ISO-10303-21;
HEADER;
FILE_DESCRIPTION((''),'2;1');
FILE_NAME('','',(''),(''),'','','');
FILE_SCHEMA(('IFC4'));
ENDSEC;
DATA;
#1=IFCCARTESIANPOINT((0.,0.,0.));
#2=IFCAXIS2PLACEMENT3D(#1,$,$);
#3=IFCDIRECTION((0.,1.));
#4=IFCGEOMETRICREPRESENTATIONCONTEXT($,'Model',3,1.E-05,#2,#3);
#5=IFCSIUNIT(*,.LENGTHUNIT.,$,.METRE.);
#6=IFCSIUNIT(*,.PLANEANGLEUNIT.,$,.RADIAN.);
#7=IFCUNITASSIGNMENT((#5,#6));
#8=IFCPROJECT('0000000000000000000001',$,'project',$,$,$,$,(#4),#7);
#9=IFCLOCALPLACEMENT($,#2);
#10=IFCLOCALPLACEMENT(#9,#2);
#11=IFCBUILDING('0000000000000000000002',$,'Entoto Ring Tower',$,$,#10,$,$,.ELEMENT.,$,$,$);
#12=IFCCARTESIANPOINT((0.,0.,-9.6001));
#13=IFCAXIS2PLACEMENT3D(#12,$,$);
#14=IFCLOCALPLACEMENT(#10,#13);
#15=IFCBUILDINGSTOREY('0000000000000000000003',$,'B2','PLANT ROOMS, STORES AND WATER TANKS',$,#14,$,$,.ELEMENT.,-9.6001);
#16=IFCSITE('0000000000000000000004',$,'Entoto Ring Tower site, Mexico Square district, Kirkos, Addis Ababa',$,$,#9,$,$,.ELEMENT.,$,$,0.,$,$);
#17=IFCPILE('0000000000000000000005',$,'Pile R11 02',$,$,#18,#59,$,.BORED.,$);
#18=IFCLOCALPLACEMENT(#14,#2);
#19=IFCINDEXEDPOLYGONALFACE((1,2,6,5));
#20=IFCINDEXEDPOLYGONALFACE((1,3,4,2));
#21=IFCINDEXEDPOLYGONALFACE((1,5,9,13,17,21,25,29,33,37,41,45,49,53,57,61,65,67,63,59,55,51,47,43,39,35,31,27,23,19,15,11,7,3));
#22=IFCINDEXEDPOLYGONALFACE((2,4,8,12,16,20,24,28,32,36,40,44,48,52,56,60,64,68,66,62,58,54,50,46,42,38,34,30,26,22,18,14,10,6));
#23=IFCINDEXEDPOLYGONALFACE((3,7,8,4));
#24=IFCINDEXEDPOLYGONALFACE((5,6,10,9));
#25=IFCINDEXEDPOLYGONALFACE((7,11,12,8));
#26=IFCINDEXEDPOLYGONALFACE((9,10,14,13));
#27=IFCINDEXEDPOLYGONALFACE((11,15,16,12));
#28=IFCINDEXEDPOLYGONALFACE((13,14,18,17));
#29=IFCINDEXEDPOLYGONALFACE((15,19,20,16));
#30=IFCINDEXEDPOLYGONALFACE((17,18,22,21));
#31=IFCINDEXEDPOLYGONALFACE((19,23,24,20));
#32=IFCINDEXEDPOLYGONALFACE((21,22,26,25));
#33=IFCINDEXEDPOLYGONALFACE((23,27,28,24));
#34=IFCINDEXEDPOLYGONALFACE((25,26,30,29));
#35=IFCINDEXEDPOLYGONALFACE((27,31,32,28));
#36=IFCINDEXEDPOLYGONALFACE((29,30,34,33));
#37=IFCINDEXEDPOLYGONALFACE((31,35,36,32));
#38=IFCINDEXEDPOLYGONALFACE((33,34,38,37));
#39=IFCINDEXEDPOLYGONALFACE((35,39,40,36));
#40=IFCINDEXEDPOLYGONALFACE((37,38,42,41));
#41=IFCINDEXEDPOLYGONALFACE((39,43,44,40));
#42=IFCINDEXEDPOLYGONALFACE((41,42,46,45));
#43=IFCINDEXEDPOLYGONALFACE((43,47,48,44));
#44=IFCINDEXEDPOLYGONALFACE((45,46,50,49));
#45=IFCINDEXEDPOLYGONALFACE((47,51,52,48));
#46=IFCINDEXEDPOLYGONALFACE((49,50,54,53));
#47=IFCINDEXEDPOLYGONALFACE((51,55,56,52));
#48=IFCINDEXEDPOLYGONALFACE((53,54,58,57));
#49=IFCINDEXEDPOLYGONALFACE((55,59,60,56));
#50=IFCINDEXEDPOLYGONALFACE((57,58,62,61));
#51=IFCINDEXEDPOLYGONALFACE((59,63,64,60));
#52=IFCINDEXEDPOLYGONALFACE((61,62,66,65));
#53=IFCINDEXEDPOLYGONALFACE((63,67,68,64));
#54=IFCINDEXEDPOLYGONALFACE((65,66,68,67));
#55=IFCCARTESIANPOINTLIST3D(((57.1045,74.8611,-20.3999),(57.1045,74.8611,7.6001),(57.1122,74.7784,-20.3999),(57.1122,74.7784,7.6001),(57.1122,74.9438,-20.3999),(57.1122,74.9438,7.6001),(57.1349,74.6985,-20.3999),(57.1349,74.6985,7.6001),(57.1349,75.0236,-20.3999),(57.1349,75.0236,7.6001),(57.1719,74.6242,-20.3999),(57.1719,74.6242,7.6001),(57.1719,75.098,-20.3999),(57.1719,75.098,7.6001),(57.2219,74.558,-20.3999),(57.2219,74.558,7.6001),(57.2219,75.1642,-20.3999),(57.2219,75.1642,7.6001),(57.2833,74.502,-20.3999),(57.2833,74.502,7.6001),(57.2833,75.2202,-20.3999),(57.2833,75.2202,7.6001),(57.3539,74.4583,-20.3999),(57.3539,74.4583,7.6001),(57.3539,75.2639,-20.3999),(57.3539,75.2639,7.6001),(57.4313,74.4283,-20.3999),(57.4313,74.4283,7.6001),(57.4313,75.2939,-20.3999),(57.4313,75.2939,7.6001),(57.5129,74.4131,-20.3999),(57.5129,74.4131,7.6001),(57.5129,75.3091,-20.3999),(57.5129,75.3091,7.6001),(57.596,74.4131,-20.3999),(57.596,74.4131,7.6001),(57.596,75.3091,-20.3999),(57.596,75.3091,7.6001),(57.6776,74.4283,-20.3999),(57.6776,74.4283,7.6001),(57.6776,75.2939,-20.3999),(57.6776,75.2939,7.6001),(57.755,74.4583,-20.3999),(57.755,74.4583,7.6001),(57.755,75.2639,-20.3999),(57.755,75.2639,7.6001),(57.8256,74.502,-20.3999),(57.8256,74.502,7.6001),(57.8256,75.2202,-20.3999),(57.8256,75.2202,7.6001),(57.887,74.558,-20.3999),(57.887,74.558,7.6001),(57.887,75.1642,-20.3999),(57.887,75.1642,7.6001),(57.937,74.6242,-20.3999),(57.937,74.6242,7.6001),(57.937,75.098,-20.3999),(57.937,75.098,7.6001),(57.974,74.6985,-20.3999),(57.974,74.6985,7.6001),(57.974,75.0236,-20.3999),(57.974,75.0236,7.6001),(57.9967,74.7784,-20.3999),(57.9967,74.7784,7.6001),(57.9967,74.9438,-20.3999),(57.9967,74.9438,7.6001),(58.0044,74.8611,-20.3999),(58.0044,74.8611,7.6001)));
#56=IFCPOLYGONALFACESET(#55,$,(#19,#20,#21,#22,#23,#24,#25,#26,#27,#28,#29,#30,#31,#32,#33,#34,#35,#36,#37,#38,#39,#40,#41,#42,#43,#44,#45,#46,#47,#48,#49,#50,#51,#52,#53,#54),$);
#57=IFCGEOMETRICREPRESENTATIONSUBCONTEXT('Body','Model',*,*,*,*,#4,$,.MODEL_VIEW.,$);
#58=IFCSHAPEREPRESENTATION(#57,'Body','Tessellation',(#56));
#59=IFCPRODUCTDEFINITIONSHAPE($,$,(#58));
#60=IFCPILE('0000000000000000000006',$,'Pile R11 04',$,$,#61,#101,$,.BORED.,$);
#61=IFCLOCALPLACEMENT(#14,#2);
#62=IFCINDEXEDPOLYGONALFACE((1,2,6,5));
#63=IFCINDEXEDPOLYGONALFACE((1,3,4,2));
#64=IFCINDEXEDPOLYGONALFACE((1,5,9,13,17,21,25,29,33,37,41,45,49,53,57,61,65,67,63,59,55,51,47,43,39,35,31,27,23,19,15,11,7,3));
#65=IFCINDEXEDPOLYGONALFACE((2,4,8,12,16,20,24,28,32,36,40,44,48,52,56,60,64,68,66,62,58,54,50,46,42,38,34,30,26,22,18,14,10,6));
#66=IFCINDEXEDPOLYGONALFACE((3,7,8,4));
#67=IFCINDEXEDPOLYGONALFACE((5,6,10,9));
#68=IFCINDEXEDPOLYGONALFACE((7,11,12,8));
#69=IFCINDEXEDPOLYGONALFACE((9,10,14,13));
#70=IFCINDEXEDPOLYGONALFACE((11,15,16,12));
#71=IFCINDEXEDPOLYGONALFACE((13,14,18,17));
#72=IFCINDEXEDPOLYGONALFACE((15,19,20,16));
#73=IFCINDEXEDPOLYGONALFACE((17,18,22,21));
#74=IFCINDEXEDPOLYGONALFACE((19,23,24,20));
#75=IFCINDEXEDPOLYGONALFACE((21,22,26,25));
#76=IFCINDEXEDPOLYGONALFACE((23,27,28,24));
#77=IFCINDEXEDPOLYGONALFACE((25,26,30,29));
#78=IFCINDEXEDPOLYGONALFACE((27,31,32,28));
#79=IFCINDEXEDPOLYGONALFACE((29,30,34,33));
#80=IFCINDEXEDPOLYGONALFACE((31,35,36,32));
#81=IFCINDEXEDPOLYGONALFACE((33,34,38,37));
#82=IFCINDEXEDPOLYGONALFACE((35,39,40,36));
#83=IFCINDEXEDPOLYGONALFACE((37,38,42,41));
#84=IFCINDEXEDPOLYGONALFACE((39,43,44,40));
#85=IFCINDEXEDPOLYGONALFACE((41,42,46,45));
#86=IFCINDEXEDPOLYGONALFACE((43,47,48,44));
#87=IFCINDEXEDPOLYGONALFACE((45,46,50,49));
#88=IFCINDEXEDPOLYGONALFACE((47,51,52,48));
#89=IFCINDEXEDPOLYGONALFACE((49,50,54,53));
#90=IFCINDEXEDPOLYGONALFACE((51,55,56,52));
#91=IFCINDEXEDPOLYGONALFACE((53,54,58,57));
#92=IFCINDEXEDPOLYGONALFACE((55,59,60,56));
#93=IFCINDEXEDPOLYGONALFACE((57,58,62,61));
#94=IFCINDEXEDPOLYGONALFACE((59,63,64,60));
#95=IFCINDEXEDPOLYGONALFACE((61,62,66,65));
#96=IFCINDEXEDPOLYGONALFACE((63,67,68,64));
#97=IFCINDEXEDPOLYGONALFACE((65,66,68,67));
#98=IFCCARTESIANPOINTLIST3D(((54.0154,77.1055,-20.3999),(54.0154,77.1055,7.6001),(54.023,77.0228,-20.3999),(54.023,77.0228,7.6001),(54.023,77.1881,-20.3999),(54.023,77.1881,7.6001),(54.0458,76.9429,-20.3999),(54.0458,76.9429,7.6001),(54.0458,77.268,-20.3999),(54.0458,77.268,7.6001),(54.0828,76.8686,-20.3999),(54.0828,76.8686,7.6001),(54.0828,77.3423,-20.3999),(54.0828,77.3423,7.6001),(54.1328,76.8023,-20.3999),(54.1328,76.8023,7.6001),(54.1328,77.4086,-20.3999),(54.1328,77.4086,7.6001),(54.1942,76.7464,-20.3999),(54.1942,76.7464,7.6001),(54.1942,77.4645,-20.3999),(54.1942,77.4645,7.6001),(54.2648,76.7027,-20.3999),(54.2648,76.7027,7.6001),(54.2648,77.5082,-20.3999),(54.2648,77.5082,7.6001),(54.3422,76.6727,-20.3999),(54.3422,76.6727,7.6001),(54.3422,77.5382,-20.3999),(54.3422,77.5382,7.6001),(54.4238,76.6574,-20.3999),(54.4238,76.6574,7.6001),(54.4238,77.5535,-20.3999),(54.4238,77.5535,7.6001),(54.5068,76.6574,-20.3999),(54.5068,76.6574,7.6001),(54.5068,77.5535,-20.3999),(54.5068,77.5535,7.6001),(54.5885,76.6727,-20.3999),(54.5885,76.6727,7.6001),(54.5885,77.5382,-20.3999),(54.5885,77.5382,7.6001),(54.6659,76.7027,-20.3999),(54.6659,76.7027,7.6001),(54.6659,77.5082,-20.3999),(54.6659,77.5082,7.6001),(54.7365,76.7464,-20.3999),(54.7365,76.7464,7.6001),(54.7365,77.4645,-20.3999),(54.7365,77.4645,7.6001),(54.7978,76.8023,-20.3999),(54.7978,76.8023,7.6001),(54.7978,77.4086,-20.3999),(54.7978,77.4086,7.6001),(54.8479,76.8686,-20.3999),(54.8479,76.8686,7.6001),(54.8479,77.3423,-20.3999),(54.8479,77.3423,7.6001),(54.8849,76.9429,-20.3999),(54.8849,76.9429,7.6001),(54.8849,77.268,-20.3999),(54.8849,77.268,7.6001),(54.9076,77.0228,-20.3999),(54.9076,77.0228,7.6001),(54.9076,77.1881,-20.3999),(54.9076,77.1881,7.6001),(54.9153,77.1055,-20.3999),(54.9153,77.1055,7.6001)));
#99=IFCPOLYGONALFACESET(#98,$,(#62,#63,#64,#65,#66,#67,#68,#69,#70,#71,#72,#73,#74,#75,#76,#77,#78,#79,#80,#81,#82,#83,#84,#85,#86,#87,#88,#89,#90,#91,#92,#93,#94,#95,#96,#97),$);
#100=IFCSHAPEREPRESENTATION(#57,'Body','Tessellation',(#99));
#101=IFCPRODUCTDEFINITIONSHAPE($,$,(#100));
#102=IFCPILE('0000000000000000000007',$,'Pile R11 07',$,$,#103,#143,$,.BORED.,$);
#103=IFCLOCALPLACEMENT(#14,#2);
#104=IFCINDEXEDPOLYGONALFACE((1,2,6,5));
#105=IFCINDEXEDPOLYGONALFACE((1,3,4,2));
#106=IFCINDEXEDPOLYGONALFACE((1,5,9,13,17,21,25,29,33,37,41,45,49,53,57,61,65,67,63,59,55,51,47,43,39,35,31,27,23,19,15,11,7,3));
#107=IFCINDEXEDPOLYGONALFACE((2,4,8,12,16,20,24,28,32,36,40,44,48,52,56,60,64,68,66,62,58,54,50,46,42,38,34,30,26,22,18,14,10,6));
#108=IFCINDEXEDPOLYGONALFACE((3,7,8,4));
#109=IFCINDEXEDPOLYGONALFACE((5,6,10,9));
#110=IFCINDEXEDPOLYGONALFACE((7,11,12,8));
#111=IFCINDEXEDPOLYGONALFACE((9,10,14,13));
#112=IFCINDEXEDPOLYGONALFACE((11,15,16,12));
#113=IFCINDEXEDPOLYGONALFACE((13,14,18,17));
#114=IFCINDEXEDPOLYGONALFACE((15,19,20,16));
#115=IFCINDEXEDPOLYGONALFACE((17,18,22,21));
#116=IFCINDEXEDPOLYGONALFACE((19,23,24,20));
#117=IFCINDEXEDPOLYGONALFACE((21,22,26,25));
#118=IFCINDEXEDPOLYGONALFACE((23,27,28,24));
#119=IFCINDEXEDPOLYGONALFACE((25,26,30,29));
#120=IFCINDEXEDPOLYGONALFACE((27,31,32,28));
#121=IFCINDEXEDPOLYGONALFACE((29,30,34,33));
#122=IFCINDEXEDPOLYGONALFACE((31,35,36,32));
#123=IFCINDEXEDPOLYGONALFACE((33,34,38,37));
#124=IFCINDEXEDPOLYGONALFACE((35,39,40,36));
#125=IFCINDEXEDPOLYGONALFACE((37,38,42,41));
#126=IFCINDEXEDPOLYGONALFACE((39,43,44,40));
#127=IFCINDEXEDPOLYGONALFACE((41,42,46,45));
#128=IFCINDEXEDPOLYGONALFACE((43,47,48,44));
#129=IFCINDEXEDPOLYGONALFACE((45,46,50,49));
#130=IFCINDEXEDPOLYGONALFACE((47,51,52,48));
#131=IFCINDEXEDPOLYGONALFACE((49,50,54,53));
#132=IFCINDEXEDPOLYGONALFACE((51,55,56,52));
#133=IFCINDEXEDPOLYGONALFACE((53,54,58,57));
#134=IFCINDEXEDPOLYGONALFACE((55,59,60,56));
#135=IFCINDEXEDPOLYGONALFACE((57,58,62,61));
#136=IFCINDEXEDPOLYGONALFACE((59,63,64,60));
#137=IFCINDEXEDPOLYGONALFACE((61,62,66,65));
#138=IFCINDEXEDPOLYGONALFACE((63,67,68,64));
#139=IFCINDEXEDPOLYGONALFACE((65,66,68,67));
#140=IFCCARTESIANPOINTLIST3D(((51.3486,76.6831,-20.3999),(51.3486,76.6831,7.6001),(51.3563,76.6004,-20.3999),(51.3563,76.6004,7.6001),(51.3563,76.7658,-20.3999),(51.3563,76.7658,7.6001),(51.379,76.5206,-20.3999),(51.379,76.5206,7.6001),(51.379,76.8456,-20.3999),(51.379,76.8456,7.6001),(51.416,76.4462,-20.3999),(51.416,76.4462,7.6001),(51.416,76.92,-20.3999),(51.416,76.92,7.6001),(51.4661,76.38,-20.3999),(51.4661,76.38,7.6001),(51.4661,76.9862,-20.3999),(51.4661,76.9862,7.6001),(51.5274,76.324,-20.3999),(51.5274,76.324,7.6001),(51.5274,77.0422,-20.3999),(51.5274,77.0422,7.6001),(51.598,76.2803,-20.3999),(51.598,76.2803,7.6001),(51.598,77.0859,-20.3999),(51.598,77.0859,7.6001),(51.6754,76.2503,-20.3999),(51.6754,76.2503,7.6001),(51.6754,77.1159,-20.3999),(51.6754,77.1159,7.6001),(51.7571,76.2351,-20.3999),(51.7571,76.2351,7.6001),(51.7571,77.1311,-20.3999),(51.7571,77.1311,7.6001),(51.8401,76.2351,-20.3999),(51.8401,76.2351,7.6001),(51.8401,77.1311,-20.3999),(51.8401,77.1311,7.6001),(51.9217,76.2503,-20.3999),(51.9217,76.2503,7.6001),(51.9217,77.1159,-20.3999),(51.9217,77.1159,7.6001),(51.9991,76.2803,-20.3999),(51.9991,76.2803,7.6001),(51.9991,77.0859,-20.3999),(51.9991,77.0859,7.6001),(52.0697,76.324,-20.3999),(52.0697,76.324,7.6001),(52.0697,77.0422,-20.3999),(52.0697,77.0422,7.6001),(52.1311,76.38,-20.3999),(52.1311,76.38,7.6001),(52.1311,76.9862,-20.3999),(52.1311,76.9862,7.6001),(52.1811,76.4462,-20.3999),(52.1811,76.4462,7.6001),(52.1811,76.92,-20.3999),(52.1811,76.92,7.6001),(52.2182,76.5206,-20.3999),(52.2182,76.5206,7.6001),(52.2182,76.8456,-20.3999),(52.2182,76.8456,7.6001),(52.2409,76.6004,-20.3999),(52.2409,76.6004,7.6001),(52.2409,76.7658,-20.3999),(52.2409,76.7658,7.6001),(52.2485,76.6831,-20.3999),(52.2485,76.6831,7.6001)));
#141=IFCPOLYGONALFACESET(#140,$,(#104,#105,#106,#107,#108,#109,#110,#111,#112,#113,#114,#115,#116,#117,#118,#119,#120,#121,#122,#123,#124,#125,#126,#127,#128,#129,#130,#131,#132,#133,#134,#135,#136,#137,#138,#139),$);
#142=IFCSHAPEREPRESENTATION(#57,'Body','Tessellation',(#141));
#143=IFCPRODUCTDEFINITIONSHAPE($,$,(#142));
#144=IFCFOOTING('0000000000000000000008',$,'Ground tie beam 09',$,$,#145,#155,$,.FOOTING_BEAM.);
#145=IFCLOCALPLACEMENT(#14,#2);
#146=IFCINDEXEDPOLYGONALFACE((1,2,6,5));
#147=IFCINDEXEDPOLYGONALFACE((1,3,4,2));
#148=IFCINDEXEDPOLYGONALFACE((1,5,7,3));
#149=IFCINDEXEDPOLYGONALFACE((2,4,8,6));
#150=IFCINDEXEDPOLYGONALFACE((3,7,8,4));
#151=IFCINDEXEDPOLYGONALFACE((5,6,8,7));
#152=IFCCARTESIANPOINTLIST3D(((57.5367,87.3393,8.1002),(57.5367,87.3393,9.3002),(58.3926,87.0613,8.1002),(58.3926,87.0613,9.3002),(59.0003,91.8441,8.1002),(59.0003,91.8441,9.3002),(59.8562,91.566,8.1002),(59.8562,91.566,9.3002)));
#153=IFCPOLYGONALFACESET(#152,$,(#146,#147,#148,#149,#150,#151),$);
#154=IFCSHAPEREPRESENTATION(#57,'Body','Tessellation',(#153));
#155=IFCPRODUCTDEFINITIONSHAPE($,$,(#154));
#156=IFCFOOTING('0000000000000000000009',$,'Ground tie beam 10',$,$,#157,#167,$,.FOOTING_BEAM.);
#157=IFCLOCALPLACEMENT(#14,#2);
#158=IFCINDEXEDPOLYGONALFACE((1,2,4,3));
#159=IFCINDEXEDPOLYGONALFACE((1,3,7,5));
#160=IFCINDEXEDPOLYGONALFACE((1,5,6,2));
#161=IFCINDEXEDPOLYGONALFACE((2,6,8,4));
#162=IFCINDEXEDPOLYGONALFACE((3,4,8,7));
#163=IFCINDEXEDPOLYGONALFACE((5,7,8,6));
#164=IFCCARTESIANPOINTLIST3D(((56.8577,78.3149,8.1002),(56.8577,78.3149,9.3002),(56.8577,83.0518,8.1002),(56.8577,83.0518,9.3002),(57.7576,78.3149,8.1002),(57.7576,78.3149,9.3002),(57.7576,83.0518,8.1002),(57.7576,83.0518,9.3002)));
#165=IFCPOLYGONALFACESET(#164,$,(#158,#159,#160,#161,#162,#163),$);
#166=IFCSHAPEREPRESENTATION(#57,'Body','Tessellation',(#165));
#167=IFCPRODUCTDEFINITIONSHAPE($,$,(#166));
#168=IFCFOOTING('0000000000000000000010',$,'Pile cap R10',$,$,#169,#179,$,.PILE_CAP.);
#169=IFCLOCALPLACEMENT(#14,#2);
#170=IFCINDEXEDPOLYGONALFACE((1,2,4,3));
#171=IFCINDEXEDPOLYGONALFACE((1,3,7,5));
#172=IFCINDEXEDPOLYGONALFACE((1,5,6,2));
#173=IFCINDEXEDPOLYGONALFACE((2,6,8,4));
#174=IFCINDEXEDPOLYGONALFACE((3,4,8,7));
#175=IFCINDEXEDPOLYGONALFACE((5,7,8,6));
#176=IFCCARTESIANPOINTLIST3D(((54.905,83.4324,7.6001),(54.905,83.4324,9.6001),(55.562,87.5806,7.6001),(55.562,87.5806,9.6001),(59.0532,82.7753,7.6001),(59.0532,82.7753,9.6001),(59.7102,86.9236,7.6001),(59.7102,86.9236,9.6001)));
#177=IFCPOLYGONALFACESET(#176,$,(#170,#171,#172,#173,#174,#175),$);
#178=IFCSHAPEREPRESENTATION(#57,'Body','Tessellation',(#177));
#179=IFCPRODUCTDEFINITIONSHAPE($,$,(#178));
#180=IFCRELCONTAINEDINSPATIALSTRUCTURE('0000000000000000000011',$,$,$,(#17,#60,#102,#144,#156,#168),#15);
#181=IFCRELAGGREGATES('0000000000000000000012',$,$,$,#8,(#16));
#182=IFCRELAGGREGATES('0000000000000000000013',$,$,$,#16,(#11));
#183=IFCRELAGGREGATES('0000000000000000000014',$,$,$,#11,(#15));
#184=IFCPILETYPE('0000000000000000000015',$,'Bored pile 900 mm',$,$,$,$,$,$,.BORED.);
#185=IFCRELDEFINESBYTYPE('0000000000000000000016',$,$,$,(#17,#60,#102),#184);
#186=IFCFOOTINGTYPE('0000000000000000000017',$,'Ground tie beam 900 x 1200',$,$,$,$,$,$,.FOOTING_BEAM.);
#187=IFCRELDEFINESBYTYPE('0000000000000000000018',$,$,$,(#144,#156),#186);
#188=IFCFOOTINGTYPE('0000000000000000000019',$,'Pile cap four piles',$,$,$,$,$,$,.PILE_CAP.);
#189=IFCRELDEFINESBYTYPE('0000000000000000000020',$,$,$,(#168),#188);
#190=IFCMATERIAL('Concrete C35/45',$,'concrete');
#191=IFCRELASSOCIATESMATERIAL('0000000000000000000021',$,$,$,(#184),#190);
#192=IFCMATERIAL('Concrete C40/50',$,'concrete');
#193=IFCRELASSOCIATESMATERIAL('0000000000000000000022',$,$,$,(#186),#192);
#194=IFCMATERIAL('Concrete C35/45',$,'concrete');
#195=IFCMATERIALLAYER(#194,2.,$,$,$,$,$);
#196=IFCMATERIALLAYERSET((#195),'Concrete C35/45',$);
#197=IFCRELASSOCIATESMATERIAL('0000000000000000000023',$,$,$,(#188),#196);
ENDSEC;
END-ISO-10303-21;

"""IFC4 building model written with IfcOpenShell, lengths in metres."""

from ifc_helpers import new_model, si_unit, direction, frame, origin, origin_2d, place, context, subcontext, project, spatial, rectangle, circle, extrude, material, layer, layer_set, material_profile, profile_set, type_object, element, save


model = new_model("IFC4")

# Units and contexts
model_context = context("Model", 3, precision=1e-05, world=origin(), true_north=direction((0.0, 1.0)))
body_context = subcontext(model_context, "Body", "Model", "MODEL_VIEW")
ifc_project = project(units=[si_unit("LENGTHUNIT", "METRE"), si_unit("PLANEANGLEUNIT", "RADIAN")], contexts=[model_context])

# Site, building, storey
site_placement = place(None, origin())
site = spatial("IfcSite", under=ifc_project, at=site_placement, Name="Entoto Ring Tower site, Mexico Square district, Kirkos, Addis Ababa", CompositionType="ELEMENT", RefElevation=0.0)
building_placement = place(site_placement, origin())
building = spatial("IfcBuilding", under=site, at=building_placement, Name="Entoto Ring Tower", CompositionType="ELEMENT")
storey_placement = place(building_placement, frame((0.0, 0.0, -9.6001)))
storey = spatial("IfcBuildingStorey", under=building, at=storey_placement, Name="B2", Description="PLANT ROOMS, STORES AND WATER TANKS", CompositionType="ELEMENT", Elevation=-9.6001)

# Piles
ifc_material_1 = material(Name="Concrete C35/45", Category="concrete")
ifc_material_profile_1 = material_profile(ifc_material_1, circle(Radius=0.45, at=origin_2d()), Name="Bored pile 900 mm")
ifc_profile_set_1 = profile_set([ifc_material_profile_1], Name="Concrete C35/45")
pile_type_1 = type_object("IfcPileType", Name="Bored pile 900 mm", PredefinedType="BORED", material=ifc_profile_set_1)
for number, where, z_axis, x_axis, name in (
    (1, (57.5544, 74.8611, 7.6001), (0.0, 0.0, -1.0), (1.0, 0.0, 0.0), "Pile R11 02"),
    (2, (54.4653, 77.1055, 7.6001), (0.0, 0.0, -1.0), (1.0, 0.0, 0.0), "Pile R11 04"),
    (3, (51.7986, 76.6831, 7.6001), (0.0, 0.0, -1.0), (1.0, 0.0, 0.0), "Pile R11 07"),
):
    element("IfcPile", number, at=place(storey_placement, frame(where, z_axis=z_axis, x_axis=x_axis)), inside=storey, type_object=pile_type_1, Name=name, PredefinedType="BORED", context=body_context, shape_type="SweptSolid", body=[
        extrude(circle(Radius=0.45, at=origin_2d()), origin(), (0.0, 0.0, 1.0), 28.0),
    ])

# Footings
ifc_material_2 = material(Name="Concrete C40/50", Category="concrete")
ifc_material_profile_2 = material_profile(ifc_material_2, rectangle(XDim=0.8999, YDim=1.2, at=origin_2d()), Name="Ground tie beam 900 x 1200")
ifc_profile_set_2 = profile_set([ifc_material_profile_2], Name="Concrete C40/50")
footing_type_1 = type_object("IfcFootingType", Name="Ground tie beam 900 x 1200", PredefinedType="FOOTING_BEAM", material=ifc_profile_set_2)
footing_1_placement = place(storey_placement, frame((59.4282, 91.7051, 8.7002), z_axis=(-0.308997, -0.951063, 0.0), x_axis=(0.951063, -0.308997, 0.0)))
element("IfcFooting", 4, at=footing_1_placement, inside=storey, type_object=footing_type_1, Name="Ground tie beam 09", PredefinedType="FOOTING_BEAM", context=body_context, shape_type="SweptSolid", body=[
    extrude(rectangle(XDim=0.8999, YDim=1.2, at=origin_2d()), origin(), (0.0, 0.0, 1.0), 4.7366),
])
footing_2_placement = place(storey_placement, frame((57.3076, 83.0518, 8.7002), z_axis=(0.0, -1.0, 0.0), x_axis=(1.0, 0.0, 0.0)))
element("IfcFooting", 5, at=footing_2_placement, inside=storey, type_object=footing_type_1, Name="Ground tie beam 10", PredefinedType="FOOTING_BEAM", context=body_context, shape_type="SweptSolid", body=[
    extrude(rectangle(XDim=0.8999, YDim=1.2, at=origin_2d()), origin(), (0.0, 0.0, 1.0), 4.7368),
])
ifc_material_3 = material(Name="Concrete C35/45", Category="concrete")
ifc_layer_1 = layer(ifc_material_3, 2.0)
ifc_layer_set_1 = layer_set([ifc_layer_1], Name="Concrete C35/45")
footing_type_2 = type_object("IfcFootingType", Name="Pile cap four piles", PredefinedType="PILE_CAP", material=ifc_layer_set_1)
footing_3_placement = place(storey_placement, frame((57.3076, 85.178, 7.6001), z_axis=(0.0, 0.0, 1.0), x_axis=(-0.987688, 0.156434, 0.0)))
element("IfcFooting", 6, at=footing_3_placement, inside=storey, type_object=footing_type_2, Name="Pile cap R10", PredefinedType="PILE_CAP", context=body_context, shape_type="SweptSolid", body=[
    extrude(rectangle(XDim=4.2, YDim=4.2, at=origin_2d()), origin(), (0.0, 0.0, 1.0), 2.0),
])

save(model, "model.ifc")
